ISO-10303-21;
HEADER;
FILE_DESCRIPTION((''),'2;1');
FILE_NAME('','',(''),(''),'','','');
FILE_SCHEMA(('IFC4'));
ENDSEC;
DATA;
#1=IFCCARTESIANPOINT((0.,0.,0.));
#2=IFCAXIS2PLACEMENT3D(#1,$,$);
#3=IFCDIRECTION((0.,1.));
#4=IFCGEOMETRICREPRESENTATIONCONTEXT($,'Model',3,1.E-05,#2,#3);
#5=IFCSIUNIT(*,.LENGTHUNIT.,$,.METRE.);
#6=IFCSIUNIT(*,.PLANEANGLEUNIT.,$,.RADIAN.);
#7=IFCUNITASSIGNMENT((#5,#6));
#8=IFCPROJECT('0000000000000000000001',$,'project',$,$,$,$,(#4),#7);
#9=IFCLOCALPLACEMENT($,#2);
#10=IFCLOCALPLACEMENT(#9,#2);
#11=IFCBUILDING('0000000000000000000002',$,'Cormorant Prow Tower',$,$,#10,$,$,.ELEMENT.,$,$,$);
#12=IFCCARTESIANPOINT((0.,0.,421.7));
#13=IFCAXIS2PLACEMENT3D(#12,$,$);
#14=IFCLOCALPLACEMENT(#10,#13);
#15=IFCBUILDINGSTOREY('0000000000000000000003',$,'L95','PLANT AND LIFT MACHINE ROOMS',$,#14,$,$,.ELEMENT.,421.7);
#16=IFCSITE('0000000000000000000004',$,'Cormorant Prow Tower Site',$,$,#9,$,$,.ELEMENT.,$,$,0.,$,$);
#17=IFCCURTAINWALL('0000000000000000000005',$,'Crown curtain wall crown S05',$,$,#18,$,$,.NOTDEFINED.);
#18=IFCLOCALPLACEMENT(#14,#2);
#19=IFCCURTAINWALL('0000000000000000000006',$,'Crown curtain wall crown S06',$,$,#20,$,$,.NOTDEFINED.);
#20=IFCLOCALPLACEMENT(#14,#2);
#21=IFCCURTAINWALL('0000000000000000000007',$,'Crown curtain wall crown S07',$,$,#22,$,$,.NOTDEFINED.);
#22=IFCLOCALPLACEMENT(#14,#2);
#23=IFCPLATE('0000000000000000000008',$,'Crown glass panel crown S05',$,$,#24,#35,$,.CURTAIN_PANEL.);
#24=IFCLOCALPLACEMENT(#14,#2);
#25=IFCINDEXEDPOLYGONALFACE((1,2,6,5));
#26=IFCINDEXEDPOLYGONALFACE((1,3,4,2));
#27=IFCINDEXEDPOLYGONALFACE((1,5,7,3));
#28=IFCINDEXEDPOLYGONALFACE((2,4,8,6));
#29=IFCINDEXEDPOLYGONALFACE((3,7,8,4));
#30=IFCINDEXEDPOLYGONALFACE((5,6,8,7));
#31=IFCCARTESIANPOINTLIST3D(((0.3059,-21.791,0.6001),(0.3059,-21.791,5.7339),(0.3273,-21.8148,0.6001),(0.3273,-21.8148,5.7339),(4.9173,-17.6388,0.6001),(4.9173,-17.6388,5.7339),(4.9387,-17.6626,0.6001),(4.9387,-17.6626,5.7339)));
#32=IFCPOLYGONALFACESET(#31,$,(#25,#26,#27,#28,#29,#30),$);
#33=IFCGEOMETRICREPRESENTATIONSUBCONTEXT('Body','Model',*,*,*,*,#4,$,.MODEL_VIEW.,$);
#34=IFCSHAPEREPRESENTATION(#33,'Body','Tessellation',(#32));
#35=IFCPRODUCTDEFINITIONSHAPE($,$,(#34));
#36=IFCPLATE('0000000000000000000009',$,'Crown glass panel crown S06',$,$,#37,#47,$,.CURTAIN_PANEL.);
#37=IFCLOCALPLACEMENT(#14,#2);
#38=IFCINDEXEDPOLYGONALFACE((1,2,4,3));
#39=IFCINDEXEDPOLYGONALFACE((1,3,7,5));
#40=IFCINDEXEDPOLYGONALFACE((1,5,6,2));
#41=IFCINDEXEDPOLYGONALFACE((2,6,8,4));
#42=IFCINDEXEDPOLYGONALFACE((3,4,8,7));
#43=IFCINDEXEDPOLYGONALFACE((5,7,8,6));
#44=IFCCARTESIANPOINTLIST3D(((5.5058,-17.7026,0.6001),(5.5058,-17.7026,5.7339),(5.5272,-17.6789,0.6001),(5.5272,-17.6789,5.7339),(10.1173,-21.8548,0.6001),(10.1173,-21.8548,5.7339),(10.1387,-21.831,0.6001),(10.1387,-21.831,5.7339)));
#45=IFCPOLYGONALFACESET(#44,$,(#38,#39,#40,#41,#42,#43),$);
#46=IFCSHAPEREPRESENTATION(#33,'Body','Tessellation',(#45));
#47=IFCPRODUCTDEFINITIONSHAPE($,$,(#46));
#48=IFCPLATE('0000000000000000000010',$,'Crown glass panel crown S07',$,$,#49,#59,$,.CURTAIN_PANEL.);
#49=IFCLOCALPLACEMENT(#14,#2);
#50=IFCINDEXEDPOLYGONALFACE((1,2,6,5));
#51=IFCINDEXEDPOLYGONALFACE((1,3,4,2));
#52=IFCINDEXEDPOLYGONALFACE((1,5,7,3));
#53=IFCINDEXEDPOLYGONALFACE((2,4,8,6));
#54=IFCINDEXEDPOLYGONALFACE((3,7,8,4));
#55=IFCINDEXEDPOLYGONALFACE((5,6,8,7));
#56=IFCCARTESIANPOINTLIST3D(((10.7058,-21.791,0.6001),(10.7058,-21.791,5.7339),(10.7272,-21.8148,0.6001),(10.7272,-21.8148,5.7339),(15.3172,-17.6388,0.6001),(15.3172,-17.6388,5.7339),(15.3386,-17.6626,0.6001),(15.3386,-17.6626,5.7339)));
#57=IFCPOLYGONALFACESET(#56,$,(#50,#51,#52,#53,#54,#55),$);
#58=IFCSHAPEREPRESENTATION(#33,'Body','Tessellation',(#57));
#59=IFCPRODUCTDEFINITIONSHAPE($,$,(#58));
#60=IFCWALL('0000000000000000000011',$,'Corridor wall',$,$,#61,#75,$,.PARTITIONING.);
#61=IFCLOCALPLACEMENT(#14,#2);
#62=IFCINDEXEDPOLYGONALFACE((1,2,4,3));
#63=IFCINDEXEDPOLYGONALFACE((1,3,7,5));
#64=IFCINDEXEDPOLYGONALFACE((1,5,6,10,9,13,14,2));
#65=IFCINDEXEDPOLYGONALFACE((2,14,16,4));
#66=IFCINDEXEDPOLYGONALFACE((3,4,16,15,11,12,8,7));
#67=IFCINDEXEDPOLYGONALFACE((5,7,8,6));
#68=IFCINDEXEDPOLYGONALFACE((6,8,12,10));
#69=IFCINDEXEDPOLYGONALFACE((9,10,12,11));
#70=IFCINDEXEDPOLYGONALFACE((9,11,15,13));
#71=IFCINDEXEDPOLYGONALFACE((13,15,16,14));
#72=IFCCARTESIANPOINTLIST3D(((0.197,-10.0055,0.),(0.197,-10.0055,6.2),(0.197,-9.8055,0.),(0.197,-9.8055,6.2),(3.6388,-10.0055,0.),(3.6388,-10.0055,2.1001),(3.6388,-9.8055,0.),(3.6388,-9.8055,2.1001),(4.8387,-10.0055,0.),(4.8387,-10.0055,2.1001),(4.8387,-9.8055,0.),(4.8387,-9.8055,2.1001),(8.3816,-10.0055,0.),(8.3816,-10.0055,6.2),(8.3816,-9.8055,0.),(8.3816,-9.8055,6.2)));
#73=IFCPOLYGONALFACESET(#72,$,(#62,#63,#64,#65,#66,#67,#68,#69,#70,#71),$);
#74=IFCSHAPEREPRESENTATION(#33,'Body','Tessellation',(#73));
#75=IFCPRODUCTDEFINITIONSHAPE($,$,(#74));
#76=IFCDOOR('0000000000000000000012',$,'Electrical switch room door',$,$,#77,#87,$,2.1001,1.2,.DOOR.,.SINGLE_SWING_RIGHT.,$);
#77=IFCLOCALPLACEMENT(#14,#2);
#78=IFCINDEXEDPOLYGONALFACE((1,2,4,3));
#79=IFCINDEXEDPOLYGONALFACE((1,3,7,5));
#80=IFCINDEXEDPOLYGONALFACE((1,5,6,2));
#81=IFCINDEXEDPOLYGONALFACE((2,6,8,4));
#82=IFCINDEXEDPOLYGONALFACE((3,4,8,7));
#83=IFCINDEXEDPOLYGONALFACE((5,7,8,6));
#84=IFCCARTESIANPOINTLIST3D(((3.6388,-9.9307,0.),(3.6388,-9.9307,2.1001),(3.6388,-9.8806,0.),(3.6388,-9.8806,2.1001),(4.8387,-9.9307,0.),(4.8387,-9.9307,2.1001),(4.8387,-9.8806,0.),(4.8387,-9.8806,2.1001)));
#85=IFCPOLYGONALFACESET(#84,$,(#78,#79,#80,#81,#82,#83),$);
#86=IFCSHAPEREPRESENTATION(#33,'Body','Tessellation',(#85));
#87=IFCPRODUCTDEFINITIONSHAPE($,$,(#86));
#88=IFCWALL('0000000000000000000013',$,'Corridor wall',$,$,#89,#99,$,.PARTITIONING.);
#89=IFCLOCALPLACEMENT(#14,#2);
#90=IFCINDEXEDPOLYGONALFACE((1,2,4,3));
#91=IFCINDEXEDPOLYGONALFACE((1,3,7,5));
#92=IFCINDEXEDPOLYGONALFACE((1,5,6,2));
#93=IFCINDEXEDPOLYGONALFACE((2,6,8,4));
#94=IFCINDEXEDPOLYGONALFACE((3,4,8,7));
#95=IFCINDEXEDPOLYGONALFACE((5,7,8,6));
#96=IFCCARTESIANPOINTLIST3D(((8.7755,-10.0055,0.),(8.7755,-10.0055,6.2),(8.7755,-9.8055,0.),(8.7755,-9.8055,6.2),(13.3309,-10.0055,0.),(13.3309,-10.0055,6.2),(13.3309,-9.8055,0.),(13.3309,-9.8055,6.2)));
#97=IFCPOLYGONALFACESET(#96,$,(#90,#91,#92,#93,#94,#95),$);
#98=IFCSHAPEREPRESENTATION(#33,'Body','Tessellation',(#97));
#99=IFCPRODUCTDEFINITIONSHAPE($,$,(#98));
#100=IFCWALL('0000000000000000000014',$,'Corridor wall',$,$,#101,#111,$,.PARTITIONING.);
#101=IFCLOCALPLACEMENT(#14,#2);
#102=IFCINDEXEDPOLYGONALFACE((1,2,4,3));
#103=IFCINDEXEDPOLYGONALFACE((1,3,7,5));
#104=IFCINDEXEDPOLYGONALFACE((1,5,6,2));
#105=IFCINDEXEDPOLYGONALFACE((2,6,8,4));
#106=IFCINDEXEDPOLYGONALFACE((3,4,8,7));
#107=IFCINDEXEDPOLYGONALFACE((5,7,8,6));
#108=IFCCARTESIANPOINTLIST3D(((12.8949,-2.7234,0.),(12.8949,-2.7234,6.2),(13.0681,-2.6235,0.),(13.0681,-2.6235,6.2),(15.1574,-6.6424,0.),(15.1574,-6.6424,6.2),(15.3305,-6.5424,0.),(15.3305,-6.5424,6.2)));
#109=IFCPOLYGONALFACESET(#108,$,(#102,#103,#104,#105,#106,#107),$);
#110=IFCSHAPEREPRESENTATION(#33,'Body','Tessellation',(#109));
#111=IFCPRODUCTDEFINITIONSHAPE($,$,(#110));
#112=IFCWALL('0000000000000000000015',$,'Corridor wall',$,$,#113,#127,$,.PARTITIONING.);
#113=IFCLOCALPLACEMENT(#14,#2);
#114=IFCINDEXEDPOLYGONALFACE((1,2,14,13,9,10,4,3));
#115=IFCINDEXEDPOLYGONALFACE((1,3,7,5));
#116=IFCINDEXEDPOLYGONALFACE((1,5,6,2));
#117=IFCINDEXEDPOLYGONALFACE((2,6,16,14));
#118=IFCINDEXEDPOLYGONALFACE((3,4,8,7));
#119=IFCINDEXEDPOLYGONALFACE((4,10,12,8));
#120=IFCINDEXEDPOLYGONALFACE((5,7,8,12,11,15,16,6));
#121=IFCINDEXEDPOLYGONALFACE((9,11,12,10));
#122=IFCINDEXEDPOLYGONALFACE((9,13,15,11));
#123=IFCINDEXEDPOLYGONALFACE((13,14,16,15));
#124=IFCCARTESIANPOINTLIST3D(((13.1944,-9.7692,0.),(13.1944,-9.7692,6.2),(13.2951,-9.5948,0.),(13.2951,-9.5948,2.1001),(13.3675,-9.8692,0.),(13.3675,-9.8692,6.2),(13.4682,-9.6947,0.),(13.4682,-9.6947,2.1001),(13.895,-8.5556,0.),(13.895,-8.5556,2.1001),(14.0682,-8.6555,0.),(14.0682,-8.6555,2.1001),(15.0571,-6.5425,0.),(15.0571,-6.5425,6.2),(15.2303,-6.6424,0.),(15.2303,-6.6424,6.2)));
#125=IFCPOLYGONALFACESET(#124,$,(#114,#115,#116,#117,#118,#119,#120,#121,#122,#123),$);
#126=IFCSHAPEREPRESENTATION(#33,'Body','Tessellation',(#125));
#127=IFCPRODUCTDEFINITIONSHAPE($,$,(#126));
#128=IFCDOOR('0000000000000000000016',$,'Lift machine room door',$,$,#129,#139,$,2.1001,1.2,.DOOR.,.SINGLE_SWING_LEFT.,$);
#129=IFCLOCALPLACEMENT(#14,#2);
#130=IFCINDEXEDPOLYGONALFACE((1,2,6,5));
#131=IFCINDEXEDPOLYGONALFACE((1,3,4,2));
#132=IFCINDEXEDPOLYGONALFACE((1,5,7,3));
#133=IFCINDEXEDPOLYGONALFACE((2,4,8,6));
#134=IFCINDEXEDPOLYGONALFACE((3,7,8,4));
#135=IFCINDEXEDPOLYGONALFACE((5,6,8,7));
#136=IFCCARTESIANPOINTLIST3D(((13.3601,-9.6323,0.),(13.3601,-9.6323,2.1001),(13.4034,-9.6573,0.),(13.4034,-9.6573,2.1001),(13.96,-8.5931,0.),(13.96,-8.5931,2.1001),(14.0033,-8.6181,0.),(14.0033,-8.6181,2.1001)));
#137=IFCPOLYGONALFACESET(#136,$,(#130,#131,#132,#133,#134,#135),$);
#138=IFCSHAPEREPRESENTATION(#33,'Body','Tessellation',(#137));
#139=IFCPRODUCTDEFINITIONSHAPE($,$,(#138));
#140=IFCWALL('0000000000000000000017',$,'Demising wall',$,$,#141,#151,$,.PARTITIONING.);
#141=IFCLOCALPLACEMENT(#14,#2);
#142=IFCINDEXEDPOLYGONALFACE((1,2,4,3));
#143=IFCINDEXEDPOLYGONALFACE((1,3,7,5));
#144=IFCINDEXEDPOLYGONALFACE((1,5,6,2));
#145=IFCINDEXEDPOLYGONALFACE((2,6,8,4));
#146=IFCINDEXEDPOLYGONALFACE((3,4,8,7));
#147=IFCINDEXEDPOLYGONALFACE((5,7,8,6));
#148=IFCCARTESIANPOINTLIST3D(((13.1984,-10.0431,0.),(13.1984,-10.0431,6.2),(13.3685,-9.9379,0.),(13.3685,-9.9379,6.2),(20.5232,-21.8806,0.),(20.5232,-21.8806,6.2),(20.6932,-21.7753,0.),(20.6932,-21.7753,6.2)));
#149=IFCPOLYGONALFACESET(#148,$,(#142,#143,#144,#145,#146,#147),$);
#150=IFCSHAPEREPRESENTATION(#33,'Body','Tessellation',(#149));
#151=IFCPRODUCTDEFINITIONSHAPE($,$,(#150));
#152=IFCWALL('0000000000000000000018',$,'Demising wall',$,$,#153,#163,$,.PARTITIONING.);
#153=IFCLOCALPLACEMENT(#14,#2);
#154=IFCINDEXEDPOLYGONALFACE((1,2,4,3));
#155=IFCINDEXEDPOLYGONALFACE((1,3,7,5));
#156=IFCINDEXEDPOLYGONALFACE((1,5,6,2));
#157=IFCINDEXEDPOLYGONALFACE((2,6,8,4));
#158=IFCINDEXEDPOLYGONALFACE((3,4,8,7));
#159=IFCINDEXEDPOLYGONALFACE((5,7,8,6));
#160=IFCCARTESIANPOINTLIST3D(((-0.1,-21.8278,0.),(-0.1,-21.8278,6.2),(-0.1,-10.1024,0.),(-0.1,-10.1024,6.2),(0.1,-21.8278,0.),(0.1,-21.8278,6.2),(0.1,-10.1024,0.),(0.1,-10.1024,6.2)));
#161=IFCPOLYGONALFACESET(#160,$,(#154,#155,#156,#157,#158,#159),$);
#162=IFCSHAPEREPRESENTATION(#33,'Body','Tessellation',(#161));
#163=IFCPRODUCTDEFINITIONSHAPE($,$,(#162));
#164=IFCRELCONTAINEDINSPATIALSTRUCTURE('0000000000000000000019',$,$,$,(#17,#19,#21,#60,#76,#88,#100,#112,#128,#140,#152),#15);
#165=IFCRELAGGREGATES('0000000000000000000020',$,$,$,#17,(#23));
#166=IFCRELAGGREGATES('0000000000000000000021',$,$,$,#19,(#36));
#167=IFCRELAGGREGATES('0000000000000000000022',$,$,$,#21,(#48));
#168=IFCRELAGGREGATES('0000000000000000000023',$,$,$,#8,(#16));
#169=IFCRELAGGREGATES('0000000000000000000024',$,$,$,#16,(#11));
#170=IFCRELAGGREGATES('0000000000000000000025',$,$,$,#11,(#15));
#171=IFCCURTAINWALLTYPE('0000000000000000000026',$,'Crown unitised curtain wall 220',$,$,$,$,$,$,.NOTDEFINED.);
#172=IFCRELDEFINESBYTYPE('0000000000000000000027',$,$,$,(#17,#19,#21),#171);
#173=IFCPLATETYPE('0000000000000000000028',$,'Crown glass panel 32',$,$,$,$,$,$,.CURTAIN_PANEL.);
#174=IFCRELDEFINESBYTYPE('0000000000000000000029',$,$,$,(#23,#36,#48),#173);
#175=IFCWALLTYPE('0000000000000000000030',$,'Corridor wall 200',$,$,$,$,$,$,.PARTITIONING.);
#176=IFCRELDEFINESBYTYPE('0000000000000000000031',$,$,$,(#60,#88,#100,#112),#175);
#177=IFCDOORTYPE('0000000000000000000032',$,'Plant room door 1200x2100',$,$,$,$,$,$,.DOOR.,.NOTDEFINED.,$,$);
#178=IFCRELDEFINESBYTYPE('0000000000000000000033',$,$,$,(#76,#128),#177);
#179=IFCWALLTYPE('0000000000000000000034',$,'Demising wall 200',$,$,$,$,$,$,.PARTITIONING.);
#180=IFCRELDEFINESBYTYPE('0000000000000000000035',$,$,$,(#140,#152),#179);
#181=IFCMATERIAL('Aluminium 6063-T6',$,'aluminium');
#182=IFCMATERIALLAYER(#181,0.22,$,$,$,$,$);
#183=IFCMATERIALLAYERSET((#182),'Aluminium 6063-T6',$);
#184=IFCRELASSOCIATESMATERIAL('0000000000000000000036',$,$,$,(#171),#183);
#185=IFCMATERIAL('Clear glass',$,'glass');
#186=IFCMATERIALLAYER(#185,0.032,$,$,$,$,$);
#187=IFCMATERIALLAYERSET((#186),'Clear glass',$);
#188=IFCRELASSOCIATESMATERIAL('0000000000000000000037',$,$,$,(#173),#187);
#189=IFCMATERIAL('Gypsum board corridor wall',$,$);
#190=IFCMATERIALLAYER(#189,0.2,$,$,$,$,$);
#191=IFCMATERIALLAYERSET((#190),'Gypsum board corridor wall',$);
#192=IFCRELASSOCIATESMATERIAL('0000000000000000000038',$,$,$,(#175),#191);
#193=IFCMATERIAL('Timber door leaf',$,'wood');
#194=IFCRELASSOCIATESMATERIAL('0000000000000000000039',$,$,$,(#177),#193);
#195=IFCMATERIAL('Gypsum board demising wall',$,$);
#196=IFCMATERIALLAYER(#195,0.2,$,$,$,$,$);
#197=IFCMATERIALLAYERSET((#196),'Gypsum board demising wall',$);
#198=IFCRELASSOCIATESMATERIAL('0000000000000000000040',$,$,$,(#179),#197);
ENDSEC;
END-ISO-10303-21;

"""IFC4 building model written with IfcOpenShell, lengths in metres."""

from ifc_helpers import new_model, si_unit, direction, frame, frame_2d, origin, origin_2d, place, context, subcontext, project, spatial, rectangle, extrude, material, layer, layer_set, type_object, element, fill, aggregate, save


model = new_model("IFC4")

# Units and contexts
model_context = context("Model", 3, precision=1e-05, world=origin(), true_north=direction((0.0, 1.0)))
body_context = subcontext(model_context, "Body", "Model", "MODEL_VIEW")
ifc_project = project(units=[si_unit("LENGTHUNIT", "METRE"), si_unit("PLANEANGLEUNIT", "RADIAN")], contexts=[model_context])

# Site, building, storey
site_placement = place(None, origin())
site = spatial("IfcSite", under=ifc_project, at=site_placement, Name="Cormorant Prow Tower Site", CompositionType="ELEMENT", RefElevation=0.0)
building_placement = place(site_placement, origin())
building = spatial("IfcBuilding", under=site, at=building_placement, Name="Cormorant Prow Tower", CompositionType="ELEMENT")
storey_placement = place(building_placement, frame((0.0, 0.0, 421.7)))
storey = spatial("IfcBuildingStorey", under=building, at=storey_placement, Name="L95", Description="PLANT AND LIFT MACHINE ROOMS", CompositionType="ELEMENT", Elevation=421.7)

# Curtain walls
ifc_material_1 = material(Name="Aluminium 6063-T6", Category="aluminium")
ifc_layer_1 = layer(ifc_material_1, 0.22)
ifc_layer_set_1 = layer_set([ifc_layer_1], Name="Aluminium 6063-T6")
curtain_wall_type = type_object("IfcCurtainWallType", Name="Crown unitised curtain wall 220", PredefinedType="NOTDEFINED", material=ifc_layer_set_1)
curtain_wall_1_placement = place(storey_placement, origin())
curtain_wall_1 = element("IfcCurtainWall", 1, at=curtain_wall_1_placement, inside=storey, type_object=curtain_wall_type, Name="Crown curtain wall crown S05", PredefinedType="NOTDEFINED")
curtain_wall_2_placement = place(storey_placement, origin())
curtain_wall_2 = element("IfcCurtainWall", 2, at=curtain_wall_2_placement, inside=storey, type_object=curtain_wall_type, Name="Crown curtain wall crown S06", PredefinedType="NOTDEFINED")
curtain_wall_3_placement = place(storey_placement, origin())
curtain_wall_3 = element("IfcCurtainWall", 3, at=curtain_wall_3_placement, inside=storey, type_object=curtain_wall_type, Name="Crown curtain wall crown S07", PredefinedType="NOTDEFINED")

# Plates
ifc_material_2 = material(Name="Clear glass", Category="glass")
ifc_layer_2 = layer(ifc_material_2, 0.032)
ifc_layer_set_2 = layer_set([ifc_layer_2], Name="Clear glass")
plate_type = type_object("IfcPlateType", Name="Crown glass panel 32", PredefinedType="CURTAIN_PANEL", material=ifc_layer_set_2)
plate_1_placement = place(storey_placement, frame((2.6223, -19.7268, 0.6001), z_axis=(0.0, 0.0, 1.0), x_axis=(0.743145, 0.669131, 0.0)))
plate_1 = element("IfcPlate", 4, at=plate_1_placement, type_object=plate_type, Name="Crown glass panel crown S05", PredefinedType="CURTAIN_PANEL", context=body_context, shape_type="SweptSolid", body=[
    extrude(rectangle(XDim=6.2053, YDim=0.032, at=origin_2d()), origin(), (0.0, 0.0, 1.0), 5.1338),
])
aggregate(curtain_wall_1, [plate_1])
plate_2_placement = place(storey_placement, frame((7.8223, -19.7668, 0.6001), z_axis=(0.0, 0.0, 1.0), x_axis=(0.743145, -0.669131, 0.0)))
plate_2 = element("IfcPlate", 5, at=plate_2_placement, type_object=plate_type, Name="Crown glass panel crown S06", PredefinedType="CURTAIN_PANEL", context=body_context, shape_type="SweptSolid", body=[
    extrude(rectangle(XDim=6.2053, YDim=0.032, at=origin_2d()), origin(), (0.0, 0.0, 1.0), 5.1338),
])
aggregate(curtain_wall_2, [plate_2])
plate_3_placement = place(storey_placement, frame((13.0222, -19.7268, 0.6001), z_axis=(0.0, 0.0, 1.0), x_axis=(0.743145, 0.669131, 0.0)))
plate_3 = element("IfcPlate", 6, at=plate_3_placement, type_object=plate_type, Name="Crown glass panel crown S07", PredefinedType="CURTAIN_PANEL", context=body_context, shape_type="SweptSolid", body=[
    extrude(rectangle(XDim=6.2053, YDim=0.032, at=origin_2d()), origin(), (0.0, 0.0, 1.0), 5.1338),
])
aggregate(curtain_wall_3, [plate_3])

# Wall, opening, door
ifc_material_3 = material(Name="Gypsum board corridor wall")
ifc_layer_3 = layer(ifc_material_3, 0.2)
ifc_layer_set_3 = layer_set([ifc_layer_3], Name="Gypsum board corridor wall")
wall_type_1 = type_object("IfcWallType", Name="Corridor wall 200", PredefinedType="PARTITIONING", material=ifc_layer_set_3)
wall_1_placement = place(storey_placement, frame((0.197, -9.9055, 0.0), z_axis=(0.0, 0.0, 1.0), x_axis=(1.0, 0.0, 0.0)))
wall_1 = element("IfcWall", 7, at=wall_1_placement, inside=storey, type_object=wall_type_1, Name="Corridor wall", PredefinedType="PARTITIONING", context=body_context, shape_type="SweptSolid", body=[
    extrude(rectangle(XDim=8.1846, YDim=0.2, at=frame_2d((4.0923, 0.0))), origin(), (0.0, 0.0, 1.0), 6.2),
])
opening_1_placement = place(wall_1_placement, frame((3.4417, 0.0, 0.0)))
opening_1 = element("IfcOpeningElement", 8, at=opening_1_placement, cuts=wall_1, PredefinedType="OPENING", context=body_context, shape_type="SweptSolid", body=[
    extrude(rectangle(XDim=1.2, YDim=2.1001, at=frame_2d((0.6001, 1.05))), frame((0.0, 0.1099, 0.0), z_axis=(0.0, -1.0, 0.0), x_axis=(1.0, 0.0, 0.0)), (0.0, 0.0, 1.0), 0.22),
])
ifc_material_4 = material(Name="Timber door leaf", Category="wood")
door_type_1 = type_object("IfcDoorType", Name="Plant room door 1200x2100", OperationType="NOTDEFINED", PredefinedType="DOOR", material=ifc_material_4)
door_1_placement = place(opening_1_placement, origin())
door_1 = element("IfcDoor", 9, at=door_1_placement, inside=storey, type_object=door_type_1, Name="Electrical switch room door", OperationType="SINGLE_SWING_RIGHT", OverallHeight=2.1001, OverallWidth=1.2, PredefinedType="DOOR", context=body_context, shape_type="SweptSolid", body=[
    extrude(rectangle(XDim=1.2, YDim=2.1001, at=frame_2d((0.6001, 1.05))), frame((0.0, 0.0249, 0.0), z_axis=(0.0, -1.0, 0.0), x_axis=(1.0, 0.0, 0.0)), (0.0, 0.0, 1.0), 0.05),
])
fill(opening_1, door_1)

# Walls
wall_2_placement = place(storey_placement, frame((8.7754, -9.9055, 0.0), z_axis=(0.0, 0.0, 1.0), x_axis=(1.0, 0.0, 0.0)))
element("IfcWall", 10, at=wall_2_placement, inside=storey, type_object=wall_type_1, Name="Corridor wall", PredefinedType="PARTITIONING", context=body_context, shape_type="SweptSolid", body=[
    extrude(rectangle(XDim=4.5554, YDim=0.2, at=frame_2d((2.2778, 0.0))), origin(), (0.0, 0.0, 1.0), 6.2),
])
wall_3_placement = place(storey_placement, frame((12.9814, -2.6733, 0.0), z_axis=(0.0, 0.0, 1.0), x_axis=(0.499975, -0.86604, 0.0)))
element("IfcWall", 11, at=wall_3_placement, inside=storey, type_object=wall_type_1, Name="Corridor wall", PredefinedType="PARTITIONING", context=body_context, shape_type="SweptSolid", body=[
    extrude(rectangle(XDim=4.5251, YDim=0.2, at=frame_2d((2.2627, 0.0))), origin(), (0.0, 0.0, 1.0), 6.2),
])

# Wall, opening, door
wall_4_placement = place(storey_placement, frame((13.281, -9.8191, 0.0), z_axis=(0.0, 0.0, 1.0), x_axis=(0.499959, 0.866049, 0.0)))
wall_4 = element("IfcWall", 12, at=wall_4_placement, inside=storey, type_object=wall_type_1, Name="Corridor wall", PredefinedType="PARTITIONING", context=body_context, shape_type="SweptSolid", body=[
    extrude(rectangle(XDim=3.7258, YDim=0.2, at=frame_2d((1.8628, 0.0))), origin(), (0.0, 0.0, 1.0), 6.2),
])
opening_2_placement = place(wall_4_placement, frame((0.2012, 0.0, 0.0)))
opening_2 = element("IfcOpeningElement", 13, at=opening_2_placement, cuts=wall_4, PredefinedType="OPENING", context=body_context, shape_type="SweptSolid", body=[
    extrude(rectangle(XDim=1.2, YDim=2.1001, at=frame_2d((0.6001, 1.05))), frame((0.0, 0.1099, 0.0), z_axis=(0.0, -1.0, 0.0), x_axis=(1.0, 0.0, 0.0)), (0.0, 0.0, 1.0), 0.22),
])
door_2_placement = place(opening_2_placement, origin())
door_2 = element("IfcDoor", 14, at=door_2_placement, inside=storey, type_object=door_type_1, Name="Lift machine room door", OperationType="SINGLE_SWING_LEFT", OverallHeight=2.1001, OverallWidth=1.2, PredefinedType="DOOR", context=body_context, shape_type="SweptSolid", body=[
    extrude(rectangle(XDim=1.2, YDim=2.1001, at=frame_2d((0.6001, 1.05))), frame((0.0, 0.0249, 0.0), z_axis=(0.0, -1.0, 0.0), x_axis=(1.0, 0.0, 0.0)), (0.0, 0.0, 1.0), 0.05),
])
fill(opening_2, door_2)

# Walls
ifc_material_5 = material(Name="Gypsum board demising wall")
ifc_layer_4 = layer(ifc_material_5, 0.2)
ifc_layer_set_4 = layer_set([ifc_layer_4], Name="Gypsum board demising wall")
wall_type_2 = type_object("IfcWallType", Name="Demising wall 200", PredefinedType="PARTITIONING", material=ifc_layer_set_4)
wall_5_placement = place(storey_placement, frame((13.2834, -9.9905, 0.0), z_axis=(0.0, 0.0, 1.0), x_axis=(0.526188, -0.850368, 0.0)))
element("IfcWall", 15, at=wall_5_placement, inside=storey, type_object=wall_type_2, Name="Demising wall", PredefinedType="PARTITIONING", context=body_context, shape_type="SweptSolid", body=[
    extrude(rectangle(XDim=13.9204, YDim=0.2, at=frame_2d((6.9602, 0.0))), origin(), (0.0, 0.0, 1.0), 6.2),
])
wall_6_placement = place(storey_placement, frame((0.0, -21.8279, 0.0), z_axis=(0.0, 0.0, 1.0), x_axis=(0.0, 1.0, 0.0)))
element("IfcWall", 16, at=wall_6_placement, inside=storey, type_object=wall_type_2, Name="Demising wall", PredefinedType="PARTITIONING", context=body_context, shape_type="SweptSolid", body=[
    extrude(rectangle(XDim=11.7253, YDim=0.2, at=frame_2d((5.8628, 0.0))), origin(), (0.0, 0.0, 1.0), 6.2),
])

save(model, "model.ifc")
